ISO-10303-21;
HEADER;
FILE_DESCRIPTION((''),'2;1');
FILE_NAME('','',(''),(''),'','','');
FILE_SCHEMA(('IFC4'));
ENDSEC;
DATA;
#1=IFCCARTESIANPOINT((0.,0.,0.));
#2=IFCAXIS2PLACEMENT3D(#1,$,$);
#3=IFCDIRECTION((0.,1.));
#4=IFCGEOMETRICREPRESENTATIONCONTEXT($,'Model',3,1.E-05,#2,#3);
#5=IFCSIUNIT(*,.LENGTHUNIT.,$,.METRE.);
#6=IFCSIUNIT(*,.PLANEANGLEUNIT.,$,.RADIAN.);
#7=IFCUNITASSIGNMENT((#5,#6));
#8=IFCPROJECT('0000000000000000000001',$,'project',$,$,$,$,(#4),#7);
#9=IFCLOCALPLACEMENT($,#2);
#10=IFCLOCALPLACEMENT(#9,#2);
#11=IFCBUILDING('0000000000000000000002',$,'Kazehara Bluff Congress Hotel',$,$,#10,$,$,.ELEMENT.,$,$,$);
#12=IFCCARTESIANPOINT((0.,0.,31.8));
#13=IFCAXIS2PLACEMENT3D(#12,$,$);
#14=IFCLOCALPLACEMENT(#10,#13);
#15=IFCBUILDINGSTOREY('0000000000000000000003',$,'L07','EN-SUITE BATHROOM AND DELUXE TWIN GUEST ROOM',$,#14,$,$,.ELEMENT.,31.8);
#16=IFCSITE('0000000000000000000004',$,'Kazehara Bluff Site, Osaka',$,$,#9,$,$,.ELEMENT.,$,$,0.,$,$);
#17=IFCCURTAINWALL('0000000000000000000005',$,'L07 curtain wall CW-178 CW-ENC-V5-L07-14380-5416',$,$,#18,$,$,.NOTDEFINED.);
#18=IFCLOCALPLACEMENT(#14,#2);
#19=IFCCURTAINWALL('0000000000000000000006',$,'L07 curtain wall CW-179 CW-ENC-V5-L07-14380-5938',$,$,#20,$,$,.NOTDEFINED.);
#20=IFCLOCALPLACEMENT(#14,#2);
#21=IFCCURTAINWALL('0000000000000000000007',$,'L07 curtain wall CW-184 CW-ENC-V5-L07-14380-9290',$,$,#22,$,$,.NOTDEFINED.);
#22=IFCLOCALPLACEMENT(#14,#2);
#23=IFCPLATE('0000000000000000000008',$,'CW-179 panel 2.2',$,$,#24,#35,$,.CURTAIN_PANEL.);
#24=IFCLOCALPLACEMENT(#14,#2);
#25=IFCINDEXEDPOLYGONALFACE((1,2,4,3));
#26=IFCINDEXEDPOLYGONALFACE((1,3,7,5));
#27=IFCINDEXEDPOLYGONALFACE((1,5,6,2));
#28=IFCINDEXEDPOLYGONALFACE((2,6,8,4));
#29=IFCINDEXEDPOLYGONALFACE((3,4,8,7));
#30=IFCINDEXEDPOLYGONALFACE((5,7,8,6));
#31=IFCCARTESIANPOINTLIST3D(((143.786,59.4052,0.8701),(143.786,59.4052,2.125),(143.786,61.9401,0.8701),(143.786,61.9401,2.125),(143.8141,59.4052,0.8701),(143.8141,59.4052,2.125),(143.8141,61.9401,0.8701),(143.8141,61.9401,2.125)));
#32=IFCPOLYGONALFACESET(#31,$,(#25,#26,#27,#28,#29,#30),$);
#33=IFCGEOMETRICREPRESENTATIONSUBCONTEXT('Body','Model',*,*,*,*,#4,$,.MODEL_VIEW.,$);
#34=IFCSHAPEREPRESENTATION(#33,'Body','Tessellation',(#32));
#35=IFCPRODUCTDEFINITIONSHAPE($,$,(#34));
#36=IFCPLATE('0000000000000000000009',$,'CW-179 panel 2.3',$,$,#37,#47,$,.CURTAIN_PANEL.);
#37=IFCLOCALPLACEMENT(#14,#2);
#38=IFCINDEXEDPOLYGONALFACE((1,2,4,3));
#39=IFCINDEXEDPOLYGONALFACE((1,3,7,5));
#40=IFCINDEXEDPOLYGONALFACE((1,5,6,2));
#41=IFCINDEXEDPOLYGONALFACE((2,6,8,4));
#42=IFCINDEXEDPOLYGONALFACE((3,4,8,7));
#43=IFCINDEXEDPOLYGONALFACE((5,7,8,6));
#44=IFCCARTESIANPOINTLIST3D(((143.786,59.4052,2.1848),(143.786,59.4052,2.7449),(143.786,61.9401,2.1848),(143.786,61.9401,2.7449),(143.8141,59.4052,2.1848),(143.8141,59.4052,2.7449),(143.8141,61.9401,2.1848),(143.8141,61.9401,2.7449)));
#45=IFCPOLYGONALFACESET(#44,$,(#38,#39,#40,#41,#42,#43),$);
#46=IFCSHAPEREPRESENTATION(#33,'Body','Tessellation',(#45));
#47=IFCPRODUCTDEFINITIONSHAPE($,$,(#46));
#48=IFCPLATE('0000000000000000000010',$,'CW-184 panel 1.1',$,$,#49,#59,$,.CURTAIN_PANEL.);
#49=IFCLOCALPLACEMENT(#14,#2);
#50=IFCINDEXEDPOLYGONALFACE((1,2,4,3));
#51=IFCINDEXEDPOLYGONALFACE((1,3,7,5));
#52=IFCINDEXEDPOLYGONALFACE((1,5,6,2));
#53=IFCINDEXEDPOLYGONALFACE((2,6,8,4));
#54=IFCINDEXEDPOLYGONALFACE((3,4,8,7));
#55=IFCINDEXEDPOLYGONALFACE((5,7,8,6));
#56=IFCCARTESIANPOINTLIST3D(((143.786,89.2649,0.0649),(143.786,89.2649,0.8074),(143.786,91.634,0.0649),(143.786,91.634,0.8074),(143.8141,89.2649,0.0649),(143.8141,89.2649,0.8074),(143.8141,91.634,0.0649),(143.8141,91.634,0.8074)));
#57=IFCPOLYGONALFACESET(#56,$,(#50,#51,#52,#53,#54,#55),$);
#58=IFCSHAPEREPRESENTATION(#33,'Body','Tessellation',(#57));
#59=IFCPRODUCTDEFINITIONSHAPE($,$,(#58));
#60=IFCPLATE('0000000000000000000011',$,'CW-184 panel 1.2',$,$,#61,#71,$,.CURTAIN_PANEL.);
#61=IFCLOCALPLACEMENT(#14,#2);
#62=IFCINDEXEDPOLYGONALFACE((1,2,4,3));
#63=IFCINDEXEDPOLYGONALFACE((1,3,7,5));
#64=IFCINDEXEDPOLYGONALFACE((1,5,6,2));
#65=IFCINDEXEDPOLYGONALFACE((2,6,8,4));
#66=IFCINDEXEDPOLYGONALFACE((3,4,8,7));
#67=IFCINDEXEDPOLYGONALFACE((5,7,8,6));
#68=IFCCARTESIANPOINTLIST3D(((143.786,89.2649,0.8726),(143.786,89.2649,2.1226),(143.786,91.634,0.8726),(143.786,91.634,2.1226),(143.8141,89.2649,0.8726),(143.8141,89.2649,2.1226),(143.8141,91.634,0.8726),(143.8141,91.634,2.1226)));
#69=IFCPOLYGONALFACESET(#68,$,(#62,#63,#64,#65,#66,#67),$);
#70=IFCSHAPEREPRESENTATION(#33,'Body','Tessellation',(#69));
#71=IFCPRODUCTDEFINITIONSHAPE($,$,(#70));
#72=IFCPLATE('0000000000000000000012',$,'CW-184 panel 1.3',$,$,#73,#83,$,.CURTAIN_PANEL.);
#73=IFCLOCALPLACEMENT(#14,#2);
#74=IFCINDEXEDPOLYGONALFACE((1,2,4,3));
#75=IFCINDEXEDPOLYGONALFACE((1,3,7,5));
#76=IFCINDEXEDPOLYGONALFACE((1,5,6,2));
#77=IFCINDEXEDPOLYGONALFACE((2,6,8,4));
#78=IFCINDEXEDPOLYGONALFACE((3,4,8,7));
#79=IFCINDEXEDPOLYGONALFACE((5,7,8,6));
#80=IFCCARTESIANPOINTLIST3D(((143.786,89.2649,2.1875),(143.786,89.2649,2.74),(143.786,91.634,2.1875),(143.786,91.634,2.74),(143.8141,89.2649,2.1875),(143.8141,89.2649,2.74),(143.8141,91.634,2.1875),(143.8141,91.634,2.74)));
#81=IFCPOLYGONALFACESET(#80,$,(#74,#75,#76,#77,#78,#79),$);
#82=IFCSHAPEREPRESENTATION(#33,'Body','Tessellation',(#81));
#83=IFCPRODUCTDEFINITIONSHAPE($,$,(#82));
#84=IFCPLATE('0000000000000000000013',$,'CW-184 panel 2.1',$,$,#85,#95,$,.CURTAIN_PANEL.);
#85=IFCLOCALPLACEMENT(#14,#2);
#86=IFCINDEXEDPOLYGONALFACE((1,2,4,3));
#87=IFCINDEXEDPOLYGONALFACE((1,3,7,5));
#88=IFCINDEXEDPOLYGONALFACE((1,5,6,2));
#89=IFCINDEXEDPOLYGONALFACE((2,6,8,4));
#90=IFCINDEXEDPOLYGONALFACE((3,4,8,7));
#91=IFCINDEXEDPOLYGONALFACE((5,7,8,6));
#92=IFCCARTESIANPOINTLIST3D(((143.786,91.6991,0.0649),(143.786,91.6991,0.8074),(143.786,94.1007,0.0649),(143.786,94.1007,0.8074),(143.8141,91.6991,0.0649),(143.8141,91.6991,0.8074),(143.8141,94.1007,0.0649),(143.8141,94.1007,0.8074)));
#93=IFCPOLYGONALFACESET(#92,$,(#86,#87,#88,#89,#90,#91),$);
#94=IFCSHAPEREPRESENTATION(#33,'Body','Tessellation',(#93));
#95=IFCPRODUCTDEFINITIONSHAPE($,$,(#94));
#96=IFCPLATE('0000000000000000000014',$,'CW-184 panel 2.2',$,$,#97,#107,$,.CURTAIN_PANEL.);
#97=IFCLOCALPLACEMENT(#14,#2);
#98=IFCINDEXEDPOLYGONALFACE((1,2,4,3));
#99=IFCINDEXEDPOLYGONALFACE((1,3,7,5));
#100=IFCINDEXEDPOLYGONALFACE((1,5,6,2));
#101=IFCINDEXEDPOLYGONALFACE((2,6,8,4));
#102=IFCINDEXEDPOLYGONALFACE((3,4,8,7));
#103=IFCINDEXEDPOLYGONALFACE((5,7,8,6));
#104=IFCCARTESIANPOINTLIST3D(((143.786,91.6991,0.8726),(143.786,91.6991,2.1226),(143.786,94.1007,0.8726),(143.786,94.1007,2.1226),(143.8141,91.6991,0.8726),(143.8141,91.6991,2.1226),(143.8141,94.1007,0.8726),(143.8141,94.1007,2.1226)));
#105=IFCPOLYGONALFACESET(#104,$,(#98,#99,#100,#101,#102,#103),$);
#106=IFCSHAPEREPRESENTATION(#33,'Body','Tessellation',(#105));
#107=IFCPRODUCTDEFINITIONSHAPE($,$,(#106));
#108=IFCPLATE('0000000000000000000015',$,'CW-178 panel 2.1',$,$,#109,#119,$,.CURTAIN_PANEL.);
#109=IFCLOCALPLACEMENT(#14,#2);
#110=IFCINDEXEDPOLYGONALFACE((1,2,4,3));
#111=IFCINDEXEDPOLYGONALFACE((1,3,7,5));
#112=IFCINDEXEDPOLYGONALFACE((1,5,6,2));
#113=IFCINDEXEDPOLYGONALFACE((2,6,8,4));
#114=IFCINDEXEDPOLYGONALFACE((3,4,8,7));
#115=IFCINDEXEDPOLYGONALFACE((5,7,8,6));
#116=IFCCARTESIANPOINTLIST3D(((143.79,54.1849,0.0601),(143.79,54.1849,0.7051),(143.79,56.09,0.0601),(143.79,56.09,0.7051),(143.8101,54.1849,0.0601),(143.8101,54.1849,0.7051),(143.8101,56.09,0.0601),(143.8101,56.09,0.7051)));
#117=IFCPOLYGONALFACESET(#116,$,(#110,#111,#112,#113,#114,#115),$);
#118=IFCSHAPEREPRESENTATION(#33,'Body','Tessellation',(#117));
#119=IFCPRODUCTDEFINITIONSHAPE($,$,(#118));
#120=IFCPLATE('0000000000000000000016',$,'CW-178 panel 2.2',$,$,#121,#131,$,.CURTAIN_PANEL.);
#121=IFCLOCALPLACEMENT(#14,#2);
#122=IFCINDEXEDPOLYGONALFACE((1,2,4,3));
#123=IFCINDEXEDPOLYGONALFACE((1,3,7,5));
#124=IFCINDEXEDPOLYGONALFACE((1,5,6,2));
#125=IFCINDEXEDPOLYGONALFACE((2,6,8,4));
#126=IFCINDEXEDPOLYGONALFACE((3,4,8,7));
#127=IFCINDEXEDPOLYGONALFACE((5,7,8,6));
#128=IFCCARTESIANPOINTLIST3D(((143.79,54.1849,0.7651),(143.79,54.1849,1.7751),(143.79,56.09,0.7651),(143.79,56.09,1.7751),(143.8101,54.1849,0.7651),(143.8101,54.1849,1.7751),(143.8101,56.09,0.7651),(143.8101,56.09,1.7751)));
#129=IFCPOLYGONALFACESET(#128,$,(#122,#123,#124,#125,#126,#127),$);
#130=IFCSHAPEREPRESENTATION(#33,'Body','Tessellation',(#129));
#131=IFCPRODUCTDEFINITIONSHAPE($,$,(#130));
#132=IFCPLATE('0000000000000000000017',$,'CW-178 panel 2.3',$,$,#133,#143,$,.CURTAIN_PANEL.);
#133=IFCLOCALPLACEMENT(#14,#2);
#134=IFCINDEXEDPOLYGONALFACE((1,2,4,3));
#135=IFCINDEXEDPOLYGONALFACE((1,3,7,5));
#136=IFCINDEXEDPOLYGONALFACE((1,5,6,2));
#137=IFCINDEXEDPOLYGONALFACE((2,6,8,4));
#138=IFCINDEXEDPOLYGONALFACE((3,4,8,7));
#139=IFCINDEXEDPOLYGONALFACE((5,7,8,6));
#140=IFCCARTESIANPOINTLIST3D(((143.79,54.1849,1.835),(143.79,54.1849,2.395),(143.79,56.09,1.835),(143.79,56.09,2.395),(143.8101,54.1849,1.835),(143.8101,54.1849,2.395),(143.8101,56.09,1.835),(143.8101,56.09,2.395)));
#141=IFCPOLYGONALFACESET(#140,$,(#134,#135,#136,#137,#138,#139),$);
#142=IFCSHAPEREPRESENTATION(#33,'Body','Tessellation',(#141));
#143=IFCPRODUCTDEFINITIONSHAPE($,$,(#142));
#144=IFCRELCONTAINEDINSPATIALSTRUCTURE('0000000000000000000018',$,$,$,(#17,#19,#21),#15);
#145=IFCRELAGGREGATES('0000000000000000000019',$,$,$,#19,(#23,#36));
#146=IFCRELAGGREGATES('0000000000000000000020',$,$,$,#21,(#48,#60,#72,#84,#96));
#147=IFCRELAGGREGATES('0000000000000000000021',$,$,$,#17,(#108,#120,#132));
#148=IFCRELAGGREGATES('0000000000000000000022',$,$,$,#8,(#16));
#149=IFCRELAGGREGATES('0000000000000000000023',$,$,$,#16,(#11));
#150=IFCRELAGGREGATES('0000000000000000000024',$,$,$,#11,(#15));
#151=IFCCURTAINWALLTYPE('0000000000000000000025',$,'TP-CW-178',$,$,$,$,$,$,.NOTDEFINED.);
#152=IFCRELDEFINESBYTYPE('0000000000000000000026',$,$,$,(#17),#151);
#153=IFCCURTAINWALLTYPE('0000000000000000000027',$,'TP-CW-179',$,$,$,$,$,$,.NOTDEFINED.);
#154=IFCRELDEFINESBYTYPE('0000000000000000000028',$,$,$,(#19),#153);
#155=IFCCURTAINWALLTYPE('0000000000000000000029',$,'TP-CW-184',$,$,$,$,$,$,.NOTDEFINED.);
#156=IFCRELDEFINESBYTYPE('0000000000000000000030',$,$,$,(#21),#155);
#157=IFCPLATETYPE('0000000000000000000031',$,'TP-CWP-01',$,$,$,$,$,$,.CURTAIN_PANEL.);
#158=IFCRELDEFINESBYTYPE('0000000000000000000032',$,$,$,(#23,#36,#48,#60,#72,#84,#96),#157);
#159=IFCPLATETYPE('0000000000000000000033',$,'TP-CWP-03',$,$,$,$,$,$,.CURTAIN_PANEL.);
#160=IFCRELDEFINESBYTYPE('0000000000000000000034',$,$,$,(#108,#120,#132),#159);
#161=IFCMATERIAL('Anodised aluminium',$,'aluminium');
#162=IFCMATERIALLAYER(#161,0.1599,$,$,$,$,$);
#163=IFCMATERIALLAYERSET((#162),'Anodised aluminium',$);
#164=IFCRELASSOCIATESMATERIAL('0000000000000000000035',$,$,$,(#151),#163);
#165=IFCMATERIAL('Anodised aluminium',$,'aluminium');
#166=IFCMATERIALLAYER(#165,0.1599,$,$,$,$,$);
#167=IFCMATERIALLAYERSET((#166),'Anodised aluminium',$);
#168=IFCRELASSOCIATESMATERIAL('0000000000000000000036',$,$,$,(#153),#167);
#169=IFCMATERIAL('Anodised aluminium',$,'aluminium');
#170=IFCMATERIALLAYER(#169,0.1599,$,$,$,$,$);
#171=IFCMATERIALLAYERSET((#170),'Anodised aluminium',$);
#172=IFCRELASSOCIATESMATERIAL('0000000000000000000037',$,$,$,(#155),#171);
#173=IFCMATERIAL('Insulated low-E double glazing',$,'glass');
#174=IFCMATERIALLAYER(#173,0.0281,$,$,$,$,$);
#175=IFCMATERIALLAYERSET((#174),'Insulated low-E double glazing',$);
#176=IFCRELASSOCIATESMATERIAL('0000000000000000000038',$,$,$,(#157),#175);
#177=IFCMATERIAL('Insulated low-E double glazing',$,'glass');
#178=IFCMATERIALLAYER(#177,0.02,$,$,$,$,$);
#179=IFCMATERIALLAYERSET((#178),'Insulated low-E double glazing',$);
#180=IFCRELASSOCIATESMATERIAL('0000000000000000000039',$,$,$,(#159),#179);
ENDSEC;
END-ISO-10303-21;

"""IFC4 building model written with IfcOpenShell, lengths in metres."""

from ifc_helpers import new_model, si_unit, direction, frame, origin, origin_2d, place, context, subcontext, project, spatial, rectangle, extrude, material, layer, layer_set, type_object, element, aggregate, save


model = new_model("IFC4")

# Units and contexts
model_context = context("Model", 3, precision=1e-05, world=origin(), true_north=direction((0.0, 1.0)))
body_context = subcontext(model_context, "Body", "Model", "MODEL_VIEW")
ifc_project = project(units=[si_unit("LENGTHUNIT", "METRE"), si_unit("PLANEANGLEUNIT", "RADIAN")], contexts=[model_context])

# Site, building, storey
site_placement = place(None, origin())
site = spatial("IfcSite", under=ifc_project, at=site_placement, Name="Kazehara Bluff Site, Osaka", CompositionType="ELEMENT", RefElevation=0.0)
building_placement = place(site_placement, origin())
building = spatial("IfcBuilding", under=site, at=building_placement, Name="Kazehara Bluff Congress Hotel", CompositionType="ELEMENT")
storey_placement = place(building_placement, frame((0.0, 0.0, 31.8)))
storey = spatial("IfcBuildingStorey", under=building, at=storey_placement, Name="L07", Description="EN-SUITE BATHROOM AND DELUXE TWIN GUEST ROOM", CompositionType="ELEMENT", Elevation=31.8)

# Curtain wall
ifc_material_1 = material(Name="Anodised aluminium", Category="aluminium")
ifc_layer_1 = layer(ifc_material_1, 0.1599)
ifc_layer_set_1 = layer_set([ifc_layer_1], Name="Anodised aluminium")
curtain_wall_type_1 = type_object("IfcCurtainWallType", Name="TP-CW-178", PredefinedType="NOTDEFINED", material=ifc_layer_set_1)
curtain_wall_1_placement = place(storey_placement, origin())
curtain_wall_1 = element("IfcCurtainWall", 1, at=curtain_wall_1_placement, inside=storey, type_object=curtain_wall_type_1, Name="L07 curtain wall CW-178 CW-ENC-V5-L07-14380-5416", PredefinedType="NOTDEFINED")

# Curtain walls
ifc_material_2 = material(Name="Anodised aluminium", Category="aluminium")
ifc_layer_2 = layer(ifc_material_2, 0.1599)
ifc_layer_set_2 = layer_set([ifc_layer_2], Name="Anodised aluminium")
curtain_wall_type_2 = type_object("IfcCurtainWallType", Name="TP-CW-179", PredefinedType="NOTDEFINED", material=ifc_layer_set_2)
curtain_wall_2_placement = place(storey_placement, origin())
curtain_wall_2 = element("IfcCurtainWall", 2, at=curtain_wall_2_placement, inside=storey, type_object=curtain_wall_type_2, Name="L07 curtain wall CW-179 CW-ENC-V5-L07-14380-5938", PredefinedType="NOTDEFINED")
ifc_material_3 = material(Name="Anodised aluminium", Category="aluminium")
ifc_layer_3 = layer(ifc_material_3, 0.1599)
ifc_layer_set_3 = layer_set([ifc_layer_3], Name="Anodised aluminium")
curtain_wall_type_3 = type_object("IfcCurtainWallType", Name="TP-CW-184", PredefinedType="NOTDEFINED", material=ifc_layer_set_3)
curtain_wall_3_placement = place(storey_placement, origin())
curtain_wall_3 = element("IfcCurtainWall", 3, at=curtain_wall_3_placement, inside=storey, type_object=curtain_wall_type_3, Name="L07 curtain wall CW-184 CW-ENC-V5-L07-14380-9290", PredefinedType="NOTDEFINED")

# Plates
ifc_material_4 = material(Name="Insulated low-E double glazing", Category="glass")
ifc_layer_4 = layer(ifc_material_4, 0.0281)
ifc_layer_set_4 = layer_set([ifc_layer_4], Name="Insulated low-E double glazing")
plate_type_1 = type_object("IfcPlateType", Name="TP-CWP-01", PredefinedType="CURTAIN_PANEL", material=ifc_layer_set_4)
plate_1_placement = place(storey_placement, frame((143.8, 60.6726, 0.8701), z_axis=(0.0, 0.0, 1.0), x_axis=(0.0, 1.0, 0.0)))
plate_1 = element("IfcPlate", 4, at=plate_1_placement, type_object=plate_type_1, Name="CW-179 panel 2.2", PredefinedType="CURTAIN_PANEL", context=body_context, shape_type="SweptSolid", body=[
    extrude(rectangle(XDim=2.5349, YDim=0.0281, at=origin_2d()), origin(), (0.0, 0.0, 1.0), 1.2549),
])
plate_2_placement = place(storey_placement, frame((143.8, 60.6726, 2.1848), z_axis=(0.0, 0.0, 1.0), x_axis=(0.0, 1.0, 0.0)))
plate_2 = element("IfcPlate", 5, at=plate_2_placement, type_object=plate_type_1, Name="CW-179 panel 2.3", PredefinedType="CURTAIN_PANEL", context=body_context, shape_type="SweptSolid", body=[
    extrude(rectangle(XDim=2.5349, YDim=0.0281, at=origin_2d()), origin(), (0.0, 0.0, 1.0), 0.5601),
])
aggregate(curtain_wall_2, [plate_1, plate_2])
plate_3_placement = place(storey_placement, frame((143.8, 90.4495, 0.0649), z_axis=(0.0, 0.0, 1.0), x_axis=(0.0, 1.0, 0.0)))
plate_3 = element("IfcPlate", 6, at=plate_3_placement, type_object=plate_type_1, Name="CW-184 panel 1.1", PredefinedType="CURTAIN_PANEL", context=body_context, shape_type="SweptSolid", body=[
    extrude(rectangle(XDim=2.3691, YDim=0.0281, at=origin_2d()), origin(), (0.0, 0.0, 1.0), 0.7424),
])
plate_4_placement = place(storey_placement, frame((143.8, 90.4495, 0.8726), z_axis=(0.0, 0.0, 1.0), x_axis=(0.0, 1.0, 0.0)))
plate_4 = element("IfcPlate", 7, at=plate_4_placement, type_object=plate_type_1, Name="CW-184 panel 1.2", PredefinedType="CURTAIN_PANEL", context=body_context, shape_type="SweptSolid", body=[
    extrude(rectangle(XDim=2.3691, YDim=0.0281, at=origin_2d()), origin(), (0.0, 0.0, 1.0), 1.25),
])
plate_5_placement = place(storey_placement, frame((143.8, 90.4495, 2.1875), z_axis=(0.0, 0.0, 1.0), x_axis=(0.0, 1.0, 0.0)))
plate_5 = element("IfcPlate", 8, at=plate_5_placement, type_object=plate_type_1, Name="CW-184 panel 1.3", PredefinedType="CURTAIN_PANEL", context=body_context, shape_type="SweptSolid", body=[
    extrude(rectangle(XDim=2.3691, YDim=0.0281, at=origin_2d()), origin(), (0.0, 0.0, 1.0), 0.5525),
])
plate_6_placement = place(storey_placement, frame((143.8, 92.8999, 0.0649), z_axis=(0.0, 0.0, 1.0), x_axis=(0.0, 1.0, 0.0)))
plate_6 = element("IfcPlate", 9, at=plate_6_placement, type_object=plate_type_1, Name="CW-184 panel 2.1", PredefinedType="CURTAIN_PANEL", context=body_context, shape_type="SweptSolid", body=[
    extrude(rectangle(XDim=2.4016, YDim=0.0281, at=origin_2d()), origin(), (0.0, 0.0, 1.0), 0.7424),
])
plate_7_placement = place(storey_placement, frame((143.8, 92.8999, 0.8726), z_axis=(0.0, 0.0, 1.0), x_axis=(0.0, 1.0, 0.0)))
plate_7 = element("IfcPlate", 10, at=plate_7_placement, type_object=plate_type_1, Name="CW-184 panel 2.2", PredefinedType="CURTAIN_PANEL", context=body_context, shape_type="SweptSolid", body=[
    extrude(rectangle(XDim=2.4016, YDim=0.0281, at=origin_2d()), origin(), (0.0, 0.0, 1.0), 1.25),
])
aggregate(curtain_wall_3, [plate_3, plate_4, plate_5, plate_6, plate_7])
ifc_material_5 = material(Name="Insulated low-E double glazing", Category="glass")
ifc_layer_5 = layer(ifc_material_5, 0.02)
ifc_layer_set_5 = layer_set([ifc_layer_5], Name="Insulated low-E double glazing")
plate_type_2 = type_object("IfcPlateType", Name="TP-CWP-03", PredefinedType="CURTAIN_PANEL", material=ifc_layer_set_5)
plate_8_placement = place(storey_placement, frame((143.8, 55.1375, 0.0601), z_axis=(0.0, 0.0, 1.0), x_axis=(0.0, 1.0, 0.0)))
plate_8 = element("IfcPlate", 11, at=plate_8_placement, type_object=plate_type_2, Name="CW-178 panel 2.1", PredefinedType="CURTAIN_PANEL", context=body_context, shape_type="SweptSolid", body=[
    extrude(rectangle(XDim=1.905, YDim=0.02, at=origin_2d()), origin(), (0.0, 0.0, 1.0), 0.645),
])
plate_9_placement = place(storey_placement, frame((143.8, 55.1375, 0.7651), z_axis=(0.0, 0.0, 1.0), x_axis=(0.0, 1.0, 0.0)))
plate_9 = element("IfcPlate", 12, at=plate_9_placement, type_object=plate_type_2, Name="CW-178 panel 2.2", PredefinedType="CURTAIN_PANEL", context=body_context, shape_type="SweptSolid", body=[
    extrude(rectangle(XDim=1.905, YDim=0.02, at=origin_2d()), origin(), (0.0, 0.0, 1.0), 1.01),
])
plate_10_placement = place(storey_placement, frame((143.8, 55.1375, 1.835), z_axis=(0.0, 0.0, 1.0), x_axis=(0.0, 1.0, 0.0)))
plate_10 = element("IfcPlate", 13, at=plate_10_placement, type_object=plate_type_2, Name="CW-178 panel 2.3", PredefinedType="CURTAIN_PANEL", context=body_context, shape_type="SweptSolid", body=[
    extrude(rectangle(XDim=1.905, YDim=0.02, at=origin_2d()), origin(), (0.0, 0.0, 1.0), 0.5601),
])
aggregate(curtain_wall_1, [plate_8, plate_9, plate_10])

save(model, "model.ifc")
